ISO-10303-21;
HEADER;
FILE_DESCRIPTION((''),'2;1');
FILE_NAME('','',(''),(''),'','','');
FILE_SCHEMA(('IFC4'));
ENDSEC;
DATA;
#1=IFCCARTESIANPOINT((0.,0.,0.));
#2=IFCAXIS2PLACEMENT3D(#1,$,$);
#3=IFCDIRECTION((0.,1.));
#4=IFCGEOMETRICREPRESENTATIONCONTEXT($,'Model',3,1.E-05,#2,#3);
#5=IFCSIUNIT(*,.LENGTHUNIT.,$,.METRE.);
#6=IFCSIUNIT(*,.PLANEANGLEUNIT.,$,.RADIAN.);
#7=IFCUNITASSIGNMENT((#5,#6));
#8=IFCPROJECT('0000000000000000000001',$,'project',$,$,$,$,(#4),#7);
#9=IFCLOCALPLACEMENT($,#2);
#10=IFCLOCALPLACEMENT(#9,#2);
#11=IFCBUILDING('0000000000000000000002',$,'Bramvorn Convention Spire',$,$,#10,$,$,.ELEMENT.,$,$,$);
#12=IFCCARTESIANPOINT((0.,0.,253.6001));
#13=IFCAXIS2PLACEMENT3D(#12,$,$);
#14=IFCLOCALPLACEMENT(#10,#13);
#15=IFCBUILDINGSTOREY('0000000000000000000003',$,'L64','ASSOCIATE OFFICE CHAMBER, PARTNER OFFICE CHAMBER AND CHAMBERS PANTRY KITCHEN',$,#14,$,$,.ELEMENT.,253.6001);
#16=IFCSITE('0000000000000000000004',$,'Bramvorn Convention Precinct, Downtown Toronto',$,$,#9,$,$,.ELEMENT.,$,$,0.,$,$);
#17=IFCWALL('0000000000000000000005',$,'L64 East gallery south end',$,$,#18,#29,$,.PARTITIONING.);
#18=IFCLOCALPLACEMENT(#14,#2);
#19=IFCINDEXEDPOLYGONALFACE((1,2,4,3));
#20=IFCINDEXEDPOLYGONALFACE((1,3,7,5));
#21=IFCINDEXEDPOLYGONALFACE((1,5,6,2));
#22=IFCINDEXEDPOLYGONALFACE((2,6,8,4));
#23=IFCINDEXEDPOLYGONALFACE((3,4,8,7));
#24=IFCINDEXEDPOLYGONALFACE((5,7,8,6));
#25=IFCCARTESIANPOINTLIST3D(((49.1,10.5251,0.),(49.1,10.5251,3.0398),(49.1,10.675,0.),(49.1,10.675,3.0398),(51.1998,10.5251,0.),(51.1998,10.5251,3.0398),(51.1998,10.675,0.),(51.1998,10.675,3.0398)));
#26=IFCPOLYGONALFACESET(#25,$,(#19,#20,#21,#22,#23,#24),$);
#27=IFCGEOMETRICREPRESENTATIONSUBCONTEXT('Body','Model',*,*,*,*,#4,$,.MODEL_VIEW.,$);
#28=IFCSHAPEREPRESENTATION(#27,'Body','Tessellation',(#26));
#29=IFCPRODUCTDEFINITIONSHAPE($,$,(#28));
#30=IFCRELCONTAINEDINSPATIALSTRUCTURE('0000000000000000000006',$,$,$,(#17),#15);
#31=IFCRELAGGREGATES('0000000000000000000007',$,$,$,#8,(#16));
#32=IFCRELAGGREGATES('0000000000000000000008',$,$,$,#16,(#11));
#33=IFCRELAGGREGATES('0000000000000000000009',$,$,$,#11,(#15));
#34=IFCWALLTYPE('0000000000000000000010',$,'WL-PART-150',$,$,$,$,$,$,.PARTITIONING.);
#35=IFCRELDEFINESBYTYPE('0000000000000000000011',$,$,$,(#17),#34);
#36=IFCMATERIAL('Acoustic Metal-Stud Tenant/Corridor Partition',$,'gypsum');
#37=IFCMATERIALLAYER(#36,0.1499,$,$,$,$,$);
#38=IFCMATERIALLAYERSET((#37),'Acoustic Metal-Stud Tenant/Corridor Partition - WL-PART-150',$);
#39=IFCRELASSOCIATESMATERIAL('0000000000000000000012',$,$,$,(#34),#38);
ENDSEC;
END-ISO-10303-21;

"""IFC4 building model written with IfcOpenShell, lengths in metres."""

from ifc_helpers import new_model, si_unit, direction, frame, frame_2d, origin, place, context, subcontext, project, spatial, rectangle, extrude, material, layer, layer_set, type_object, element, save


model = new_model("IFC4")

# Units and contexts
model_context = context("Model", 3, precision=1e-05, world=origin(), true_north=direction((0.0, 1.0)))
body_context = subcontext(model_context, "Body", "Model", "MODEL_VIEW")
ifc_project = project(units=[si_unit("LENGTHUNIT", "METRE"), si_unit("PLANEANGLEUNIT", "RADIAN")], contexts=[model_context])

# Site, building, storey
site_placement = place(None, origin())
site = spatial("IfcSite", under=ifc_project, at=site_placement, Name="Bramvorn Convention Precinct, Downtown Toronto", CompositionType="ELEMENT", RefElevation=0.0)
building_placement = place(site_placement, origin())
building = spatial("IfcBuilding", under=site, at=building_placement, Name="Bramvorn Convention Spire", CompositionType="ELEMENT")
storey_placement = place(building_placement, frame((0.0, 0.0, 253.6001)))
storey = spatial("IfcBuildingStorey", under=building, at=storey_placement, Name="L64", Description="ASSOCIATE OFFICE CHAMBER, PARTNER OFFICE CHAMBER AND CHAMBERS PANTRY KITCHEN", CompositionType="ELEMENT", Elevation=253.6001)

# Wall
ifc_material_1 = material(Name="Acoustic Metal-Stud Tenant/Corridor Partition", Category="gypsum")
ifc_layer_1 = layer(ifc_material_1, 0.1499)
ifc_layer_set_1 = layer_set([ifc_layer_1], Name="Acoustic Metal-Stud Tenant/Corridor Partition - WL-PART-150")
wall_type_1 = type_object("IfcWallType", Name="WL-PART-150", PredefinedType="PARTITIONING", material=ifc_layer_set_1)
wall_1_placement = place(storey_placement, frame((49.1001, 10.6001, 0.0), z_axis=(0.0, 0.0, 1.0), x_axis=(1.0, 0.0, 0.0)))
element("IfcWall", 1, at=wall_1_placement, inside=storey, type_object=wall_type_1, Name="L64 East gallery south end", PredefinedType="PARTITIONING", context=body_context, shape_type="SweptSolid", body=[
    extrude(rectangle(XDim=2.0999, YDim=0.1499, at=frame_2d((1.0498, 0.0))), origin(), (0.0, 0.0, 1.0), 3.0398),
])

save(model, "model.ifc")
